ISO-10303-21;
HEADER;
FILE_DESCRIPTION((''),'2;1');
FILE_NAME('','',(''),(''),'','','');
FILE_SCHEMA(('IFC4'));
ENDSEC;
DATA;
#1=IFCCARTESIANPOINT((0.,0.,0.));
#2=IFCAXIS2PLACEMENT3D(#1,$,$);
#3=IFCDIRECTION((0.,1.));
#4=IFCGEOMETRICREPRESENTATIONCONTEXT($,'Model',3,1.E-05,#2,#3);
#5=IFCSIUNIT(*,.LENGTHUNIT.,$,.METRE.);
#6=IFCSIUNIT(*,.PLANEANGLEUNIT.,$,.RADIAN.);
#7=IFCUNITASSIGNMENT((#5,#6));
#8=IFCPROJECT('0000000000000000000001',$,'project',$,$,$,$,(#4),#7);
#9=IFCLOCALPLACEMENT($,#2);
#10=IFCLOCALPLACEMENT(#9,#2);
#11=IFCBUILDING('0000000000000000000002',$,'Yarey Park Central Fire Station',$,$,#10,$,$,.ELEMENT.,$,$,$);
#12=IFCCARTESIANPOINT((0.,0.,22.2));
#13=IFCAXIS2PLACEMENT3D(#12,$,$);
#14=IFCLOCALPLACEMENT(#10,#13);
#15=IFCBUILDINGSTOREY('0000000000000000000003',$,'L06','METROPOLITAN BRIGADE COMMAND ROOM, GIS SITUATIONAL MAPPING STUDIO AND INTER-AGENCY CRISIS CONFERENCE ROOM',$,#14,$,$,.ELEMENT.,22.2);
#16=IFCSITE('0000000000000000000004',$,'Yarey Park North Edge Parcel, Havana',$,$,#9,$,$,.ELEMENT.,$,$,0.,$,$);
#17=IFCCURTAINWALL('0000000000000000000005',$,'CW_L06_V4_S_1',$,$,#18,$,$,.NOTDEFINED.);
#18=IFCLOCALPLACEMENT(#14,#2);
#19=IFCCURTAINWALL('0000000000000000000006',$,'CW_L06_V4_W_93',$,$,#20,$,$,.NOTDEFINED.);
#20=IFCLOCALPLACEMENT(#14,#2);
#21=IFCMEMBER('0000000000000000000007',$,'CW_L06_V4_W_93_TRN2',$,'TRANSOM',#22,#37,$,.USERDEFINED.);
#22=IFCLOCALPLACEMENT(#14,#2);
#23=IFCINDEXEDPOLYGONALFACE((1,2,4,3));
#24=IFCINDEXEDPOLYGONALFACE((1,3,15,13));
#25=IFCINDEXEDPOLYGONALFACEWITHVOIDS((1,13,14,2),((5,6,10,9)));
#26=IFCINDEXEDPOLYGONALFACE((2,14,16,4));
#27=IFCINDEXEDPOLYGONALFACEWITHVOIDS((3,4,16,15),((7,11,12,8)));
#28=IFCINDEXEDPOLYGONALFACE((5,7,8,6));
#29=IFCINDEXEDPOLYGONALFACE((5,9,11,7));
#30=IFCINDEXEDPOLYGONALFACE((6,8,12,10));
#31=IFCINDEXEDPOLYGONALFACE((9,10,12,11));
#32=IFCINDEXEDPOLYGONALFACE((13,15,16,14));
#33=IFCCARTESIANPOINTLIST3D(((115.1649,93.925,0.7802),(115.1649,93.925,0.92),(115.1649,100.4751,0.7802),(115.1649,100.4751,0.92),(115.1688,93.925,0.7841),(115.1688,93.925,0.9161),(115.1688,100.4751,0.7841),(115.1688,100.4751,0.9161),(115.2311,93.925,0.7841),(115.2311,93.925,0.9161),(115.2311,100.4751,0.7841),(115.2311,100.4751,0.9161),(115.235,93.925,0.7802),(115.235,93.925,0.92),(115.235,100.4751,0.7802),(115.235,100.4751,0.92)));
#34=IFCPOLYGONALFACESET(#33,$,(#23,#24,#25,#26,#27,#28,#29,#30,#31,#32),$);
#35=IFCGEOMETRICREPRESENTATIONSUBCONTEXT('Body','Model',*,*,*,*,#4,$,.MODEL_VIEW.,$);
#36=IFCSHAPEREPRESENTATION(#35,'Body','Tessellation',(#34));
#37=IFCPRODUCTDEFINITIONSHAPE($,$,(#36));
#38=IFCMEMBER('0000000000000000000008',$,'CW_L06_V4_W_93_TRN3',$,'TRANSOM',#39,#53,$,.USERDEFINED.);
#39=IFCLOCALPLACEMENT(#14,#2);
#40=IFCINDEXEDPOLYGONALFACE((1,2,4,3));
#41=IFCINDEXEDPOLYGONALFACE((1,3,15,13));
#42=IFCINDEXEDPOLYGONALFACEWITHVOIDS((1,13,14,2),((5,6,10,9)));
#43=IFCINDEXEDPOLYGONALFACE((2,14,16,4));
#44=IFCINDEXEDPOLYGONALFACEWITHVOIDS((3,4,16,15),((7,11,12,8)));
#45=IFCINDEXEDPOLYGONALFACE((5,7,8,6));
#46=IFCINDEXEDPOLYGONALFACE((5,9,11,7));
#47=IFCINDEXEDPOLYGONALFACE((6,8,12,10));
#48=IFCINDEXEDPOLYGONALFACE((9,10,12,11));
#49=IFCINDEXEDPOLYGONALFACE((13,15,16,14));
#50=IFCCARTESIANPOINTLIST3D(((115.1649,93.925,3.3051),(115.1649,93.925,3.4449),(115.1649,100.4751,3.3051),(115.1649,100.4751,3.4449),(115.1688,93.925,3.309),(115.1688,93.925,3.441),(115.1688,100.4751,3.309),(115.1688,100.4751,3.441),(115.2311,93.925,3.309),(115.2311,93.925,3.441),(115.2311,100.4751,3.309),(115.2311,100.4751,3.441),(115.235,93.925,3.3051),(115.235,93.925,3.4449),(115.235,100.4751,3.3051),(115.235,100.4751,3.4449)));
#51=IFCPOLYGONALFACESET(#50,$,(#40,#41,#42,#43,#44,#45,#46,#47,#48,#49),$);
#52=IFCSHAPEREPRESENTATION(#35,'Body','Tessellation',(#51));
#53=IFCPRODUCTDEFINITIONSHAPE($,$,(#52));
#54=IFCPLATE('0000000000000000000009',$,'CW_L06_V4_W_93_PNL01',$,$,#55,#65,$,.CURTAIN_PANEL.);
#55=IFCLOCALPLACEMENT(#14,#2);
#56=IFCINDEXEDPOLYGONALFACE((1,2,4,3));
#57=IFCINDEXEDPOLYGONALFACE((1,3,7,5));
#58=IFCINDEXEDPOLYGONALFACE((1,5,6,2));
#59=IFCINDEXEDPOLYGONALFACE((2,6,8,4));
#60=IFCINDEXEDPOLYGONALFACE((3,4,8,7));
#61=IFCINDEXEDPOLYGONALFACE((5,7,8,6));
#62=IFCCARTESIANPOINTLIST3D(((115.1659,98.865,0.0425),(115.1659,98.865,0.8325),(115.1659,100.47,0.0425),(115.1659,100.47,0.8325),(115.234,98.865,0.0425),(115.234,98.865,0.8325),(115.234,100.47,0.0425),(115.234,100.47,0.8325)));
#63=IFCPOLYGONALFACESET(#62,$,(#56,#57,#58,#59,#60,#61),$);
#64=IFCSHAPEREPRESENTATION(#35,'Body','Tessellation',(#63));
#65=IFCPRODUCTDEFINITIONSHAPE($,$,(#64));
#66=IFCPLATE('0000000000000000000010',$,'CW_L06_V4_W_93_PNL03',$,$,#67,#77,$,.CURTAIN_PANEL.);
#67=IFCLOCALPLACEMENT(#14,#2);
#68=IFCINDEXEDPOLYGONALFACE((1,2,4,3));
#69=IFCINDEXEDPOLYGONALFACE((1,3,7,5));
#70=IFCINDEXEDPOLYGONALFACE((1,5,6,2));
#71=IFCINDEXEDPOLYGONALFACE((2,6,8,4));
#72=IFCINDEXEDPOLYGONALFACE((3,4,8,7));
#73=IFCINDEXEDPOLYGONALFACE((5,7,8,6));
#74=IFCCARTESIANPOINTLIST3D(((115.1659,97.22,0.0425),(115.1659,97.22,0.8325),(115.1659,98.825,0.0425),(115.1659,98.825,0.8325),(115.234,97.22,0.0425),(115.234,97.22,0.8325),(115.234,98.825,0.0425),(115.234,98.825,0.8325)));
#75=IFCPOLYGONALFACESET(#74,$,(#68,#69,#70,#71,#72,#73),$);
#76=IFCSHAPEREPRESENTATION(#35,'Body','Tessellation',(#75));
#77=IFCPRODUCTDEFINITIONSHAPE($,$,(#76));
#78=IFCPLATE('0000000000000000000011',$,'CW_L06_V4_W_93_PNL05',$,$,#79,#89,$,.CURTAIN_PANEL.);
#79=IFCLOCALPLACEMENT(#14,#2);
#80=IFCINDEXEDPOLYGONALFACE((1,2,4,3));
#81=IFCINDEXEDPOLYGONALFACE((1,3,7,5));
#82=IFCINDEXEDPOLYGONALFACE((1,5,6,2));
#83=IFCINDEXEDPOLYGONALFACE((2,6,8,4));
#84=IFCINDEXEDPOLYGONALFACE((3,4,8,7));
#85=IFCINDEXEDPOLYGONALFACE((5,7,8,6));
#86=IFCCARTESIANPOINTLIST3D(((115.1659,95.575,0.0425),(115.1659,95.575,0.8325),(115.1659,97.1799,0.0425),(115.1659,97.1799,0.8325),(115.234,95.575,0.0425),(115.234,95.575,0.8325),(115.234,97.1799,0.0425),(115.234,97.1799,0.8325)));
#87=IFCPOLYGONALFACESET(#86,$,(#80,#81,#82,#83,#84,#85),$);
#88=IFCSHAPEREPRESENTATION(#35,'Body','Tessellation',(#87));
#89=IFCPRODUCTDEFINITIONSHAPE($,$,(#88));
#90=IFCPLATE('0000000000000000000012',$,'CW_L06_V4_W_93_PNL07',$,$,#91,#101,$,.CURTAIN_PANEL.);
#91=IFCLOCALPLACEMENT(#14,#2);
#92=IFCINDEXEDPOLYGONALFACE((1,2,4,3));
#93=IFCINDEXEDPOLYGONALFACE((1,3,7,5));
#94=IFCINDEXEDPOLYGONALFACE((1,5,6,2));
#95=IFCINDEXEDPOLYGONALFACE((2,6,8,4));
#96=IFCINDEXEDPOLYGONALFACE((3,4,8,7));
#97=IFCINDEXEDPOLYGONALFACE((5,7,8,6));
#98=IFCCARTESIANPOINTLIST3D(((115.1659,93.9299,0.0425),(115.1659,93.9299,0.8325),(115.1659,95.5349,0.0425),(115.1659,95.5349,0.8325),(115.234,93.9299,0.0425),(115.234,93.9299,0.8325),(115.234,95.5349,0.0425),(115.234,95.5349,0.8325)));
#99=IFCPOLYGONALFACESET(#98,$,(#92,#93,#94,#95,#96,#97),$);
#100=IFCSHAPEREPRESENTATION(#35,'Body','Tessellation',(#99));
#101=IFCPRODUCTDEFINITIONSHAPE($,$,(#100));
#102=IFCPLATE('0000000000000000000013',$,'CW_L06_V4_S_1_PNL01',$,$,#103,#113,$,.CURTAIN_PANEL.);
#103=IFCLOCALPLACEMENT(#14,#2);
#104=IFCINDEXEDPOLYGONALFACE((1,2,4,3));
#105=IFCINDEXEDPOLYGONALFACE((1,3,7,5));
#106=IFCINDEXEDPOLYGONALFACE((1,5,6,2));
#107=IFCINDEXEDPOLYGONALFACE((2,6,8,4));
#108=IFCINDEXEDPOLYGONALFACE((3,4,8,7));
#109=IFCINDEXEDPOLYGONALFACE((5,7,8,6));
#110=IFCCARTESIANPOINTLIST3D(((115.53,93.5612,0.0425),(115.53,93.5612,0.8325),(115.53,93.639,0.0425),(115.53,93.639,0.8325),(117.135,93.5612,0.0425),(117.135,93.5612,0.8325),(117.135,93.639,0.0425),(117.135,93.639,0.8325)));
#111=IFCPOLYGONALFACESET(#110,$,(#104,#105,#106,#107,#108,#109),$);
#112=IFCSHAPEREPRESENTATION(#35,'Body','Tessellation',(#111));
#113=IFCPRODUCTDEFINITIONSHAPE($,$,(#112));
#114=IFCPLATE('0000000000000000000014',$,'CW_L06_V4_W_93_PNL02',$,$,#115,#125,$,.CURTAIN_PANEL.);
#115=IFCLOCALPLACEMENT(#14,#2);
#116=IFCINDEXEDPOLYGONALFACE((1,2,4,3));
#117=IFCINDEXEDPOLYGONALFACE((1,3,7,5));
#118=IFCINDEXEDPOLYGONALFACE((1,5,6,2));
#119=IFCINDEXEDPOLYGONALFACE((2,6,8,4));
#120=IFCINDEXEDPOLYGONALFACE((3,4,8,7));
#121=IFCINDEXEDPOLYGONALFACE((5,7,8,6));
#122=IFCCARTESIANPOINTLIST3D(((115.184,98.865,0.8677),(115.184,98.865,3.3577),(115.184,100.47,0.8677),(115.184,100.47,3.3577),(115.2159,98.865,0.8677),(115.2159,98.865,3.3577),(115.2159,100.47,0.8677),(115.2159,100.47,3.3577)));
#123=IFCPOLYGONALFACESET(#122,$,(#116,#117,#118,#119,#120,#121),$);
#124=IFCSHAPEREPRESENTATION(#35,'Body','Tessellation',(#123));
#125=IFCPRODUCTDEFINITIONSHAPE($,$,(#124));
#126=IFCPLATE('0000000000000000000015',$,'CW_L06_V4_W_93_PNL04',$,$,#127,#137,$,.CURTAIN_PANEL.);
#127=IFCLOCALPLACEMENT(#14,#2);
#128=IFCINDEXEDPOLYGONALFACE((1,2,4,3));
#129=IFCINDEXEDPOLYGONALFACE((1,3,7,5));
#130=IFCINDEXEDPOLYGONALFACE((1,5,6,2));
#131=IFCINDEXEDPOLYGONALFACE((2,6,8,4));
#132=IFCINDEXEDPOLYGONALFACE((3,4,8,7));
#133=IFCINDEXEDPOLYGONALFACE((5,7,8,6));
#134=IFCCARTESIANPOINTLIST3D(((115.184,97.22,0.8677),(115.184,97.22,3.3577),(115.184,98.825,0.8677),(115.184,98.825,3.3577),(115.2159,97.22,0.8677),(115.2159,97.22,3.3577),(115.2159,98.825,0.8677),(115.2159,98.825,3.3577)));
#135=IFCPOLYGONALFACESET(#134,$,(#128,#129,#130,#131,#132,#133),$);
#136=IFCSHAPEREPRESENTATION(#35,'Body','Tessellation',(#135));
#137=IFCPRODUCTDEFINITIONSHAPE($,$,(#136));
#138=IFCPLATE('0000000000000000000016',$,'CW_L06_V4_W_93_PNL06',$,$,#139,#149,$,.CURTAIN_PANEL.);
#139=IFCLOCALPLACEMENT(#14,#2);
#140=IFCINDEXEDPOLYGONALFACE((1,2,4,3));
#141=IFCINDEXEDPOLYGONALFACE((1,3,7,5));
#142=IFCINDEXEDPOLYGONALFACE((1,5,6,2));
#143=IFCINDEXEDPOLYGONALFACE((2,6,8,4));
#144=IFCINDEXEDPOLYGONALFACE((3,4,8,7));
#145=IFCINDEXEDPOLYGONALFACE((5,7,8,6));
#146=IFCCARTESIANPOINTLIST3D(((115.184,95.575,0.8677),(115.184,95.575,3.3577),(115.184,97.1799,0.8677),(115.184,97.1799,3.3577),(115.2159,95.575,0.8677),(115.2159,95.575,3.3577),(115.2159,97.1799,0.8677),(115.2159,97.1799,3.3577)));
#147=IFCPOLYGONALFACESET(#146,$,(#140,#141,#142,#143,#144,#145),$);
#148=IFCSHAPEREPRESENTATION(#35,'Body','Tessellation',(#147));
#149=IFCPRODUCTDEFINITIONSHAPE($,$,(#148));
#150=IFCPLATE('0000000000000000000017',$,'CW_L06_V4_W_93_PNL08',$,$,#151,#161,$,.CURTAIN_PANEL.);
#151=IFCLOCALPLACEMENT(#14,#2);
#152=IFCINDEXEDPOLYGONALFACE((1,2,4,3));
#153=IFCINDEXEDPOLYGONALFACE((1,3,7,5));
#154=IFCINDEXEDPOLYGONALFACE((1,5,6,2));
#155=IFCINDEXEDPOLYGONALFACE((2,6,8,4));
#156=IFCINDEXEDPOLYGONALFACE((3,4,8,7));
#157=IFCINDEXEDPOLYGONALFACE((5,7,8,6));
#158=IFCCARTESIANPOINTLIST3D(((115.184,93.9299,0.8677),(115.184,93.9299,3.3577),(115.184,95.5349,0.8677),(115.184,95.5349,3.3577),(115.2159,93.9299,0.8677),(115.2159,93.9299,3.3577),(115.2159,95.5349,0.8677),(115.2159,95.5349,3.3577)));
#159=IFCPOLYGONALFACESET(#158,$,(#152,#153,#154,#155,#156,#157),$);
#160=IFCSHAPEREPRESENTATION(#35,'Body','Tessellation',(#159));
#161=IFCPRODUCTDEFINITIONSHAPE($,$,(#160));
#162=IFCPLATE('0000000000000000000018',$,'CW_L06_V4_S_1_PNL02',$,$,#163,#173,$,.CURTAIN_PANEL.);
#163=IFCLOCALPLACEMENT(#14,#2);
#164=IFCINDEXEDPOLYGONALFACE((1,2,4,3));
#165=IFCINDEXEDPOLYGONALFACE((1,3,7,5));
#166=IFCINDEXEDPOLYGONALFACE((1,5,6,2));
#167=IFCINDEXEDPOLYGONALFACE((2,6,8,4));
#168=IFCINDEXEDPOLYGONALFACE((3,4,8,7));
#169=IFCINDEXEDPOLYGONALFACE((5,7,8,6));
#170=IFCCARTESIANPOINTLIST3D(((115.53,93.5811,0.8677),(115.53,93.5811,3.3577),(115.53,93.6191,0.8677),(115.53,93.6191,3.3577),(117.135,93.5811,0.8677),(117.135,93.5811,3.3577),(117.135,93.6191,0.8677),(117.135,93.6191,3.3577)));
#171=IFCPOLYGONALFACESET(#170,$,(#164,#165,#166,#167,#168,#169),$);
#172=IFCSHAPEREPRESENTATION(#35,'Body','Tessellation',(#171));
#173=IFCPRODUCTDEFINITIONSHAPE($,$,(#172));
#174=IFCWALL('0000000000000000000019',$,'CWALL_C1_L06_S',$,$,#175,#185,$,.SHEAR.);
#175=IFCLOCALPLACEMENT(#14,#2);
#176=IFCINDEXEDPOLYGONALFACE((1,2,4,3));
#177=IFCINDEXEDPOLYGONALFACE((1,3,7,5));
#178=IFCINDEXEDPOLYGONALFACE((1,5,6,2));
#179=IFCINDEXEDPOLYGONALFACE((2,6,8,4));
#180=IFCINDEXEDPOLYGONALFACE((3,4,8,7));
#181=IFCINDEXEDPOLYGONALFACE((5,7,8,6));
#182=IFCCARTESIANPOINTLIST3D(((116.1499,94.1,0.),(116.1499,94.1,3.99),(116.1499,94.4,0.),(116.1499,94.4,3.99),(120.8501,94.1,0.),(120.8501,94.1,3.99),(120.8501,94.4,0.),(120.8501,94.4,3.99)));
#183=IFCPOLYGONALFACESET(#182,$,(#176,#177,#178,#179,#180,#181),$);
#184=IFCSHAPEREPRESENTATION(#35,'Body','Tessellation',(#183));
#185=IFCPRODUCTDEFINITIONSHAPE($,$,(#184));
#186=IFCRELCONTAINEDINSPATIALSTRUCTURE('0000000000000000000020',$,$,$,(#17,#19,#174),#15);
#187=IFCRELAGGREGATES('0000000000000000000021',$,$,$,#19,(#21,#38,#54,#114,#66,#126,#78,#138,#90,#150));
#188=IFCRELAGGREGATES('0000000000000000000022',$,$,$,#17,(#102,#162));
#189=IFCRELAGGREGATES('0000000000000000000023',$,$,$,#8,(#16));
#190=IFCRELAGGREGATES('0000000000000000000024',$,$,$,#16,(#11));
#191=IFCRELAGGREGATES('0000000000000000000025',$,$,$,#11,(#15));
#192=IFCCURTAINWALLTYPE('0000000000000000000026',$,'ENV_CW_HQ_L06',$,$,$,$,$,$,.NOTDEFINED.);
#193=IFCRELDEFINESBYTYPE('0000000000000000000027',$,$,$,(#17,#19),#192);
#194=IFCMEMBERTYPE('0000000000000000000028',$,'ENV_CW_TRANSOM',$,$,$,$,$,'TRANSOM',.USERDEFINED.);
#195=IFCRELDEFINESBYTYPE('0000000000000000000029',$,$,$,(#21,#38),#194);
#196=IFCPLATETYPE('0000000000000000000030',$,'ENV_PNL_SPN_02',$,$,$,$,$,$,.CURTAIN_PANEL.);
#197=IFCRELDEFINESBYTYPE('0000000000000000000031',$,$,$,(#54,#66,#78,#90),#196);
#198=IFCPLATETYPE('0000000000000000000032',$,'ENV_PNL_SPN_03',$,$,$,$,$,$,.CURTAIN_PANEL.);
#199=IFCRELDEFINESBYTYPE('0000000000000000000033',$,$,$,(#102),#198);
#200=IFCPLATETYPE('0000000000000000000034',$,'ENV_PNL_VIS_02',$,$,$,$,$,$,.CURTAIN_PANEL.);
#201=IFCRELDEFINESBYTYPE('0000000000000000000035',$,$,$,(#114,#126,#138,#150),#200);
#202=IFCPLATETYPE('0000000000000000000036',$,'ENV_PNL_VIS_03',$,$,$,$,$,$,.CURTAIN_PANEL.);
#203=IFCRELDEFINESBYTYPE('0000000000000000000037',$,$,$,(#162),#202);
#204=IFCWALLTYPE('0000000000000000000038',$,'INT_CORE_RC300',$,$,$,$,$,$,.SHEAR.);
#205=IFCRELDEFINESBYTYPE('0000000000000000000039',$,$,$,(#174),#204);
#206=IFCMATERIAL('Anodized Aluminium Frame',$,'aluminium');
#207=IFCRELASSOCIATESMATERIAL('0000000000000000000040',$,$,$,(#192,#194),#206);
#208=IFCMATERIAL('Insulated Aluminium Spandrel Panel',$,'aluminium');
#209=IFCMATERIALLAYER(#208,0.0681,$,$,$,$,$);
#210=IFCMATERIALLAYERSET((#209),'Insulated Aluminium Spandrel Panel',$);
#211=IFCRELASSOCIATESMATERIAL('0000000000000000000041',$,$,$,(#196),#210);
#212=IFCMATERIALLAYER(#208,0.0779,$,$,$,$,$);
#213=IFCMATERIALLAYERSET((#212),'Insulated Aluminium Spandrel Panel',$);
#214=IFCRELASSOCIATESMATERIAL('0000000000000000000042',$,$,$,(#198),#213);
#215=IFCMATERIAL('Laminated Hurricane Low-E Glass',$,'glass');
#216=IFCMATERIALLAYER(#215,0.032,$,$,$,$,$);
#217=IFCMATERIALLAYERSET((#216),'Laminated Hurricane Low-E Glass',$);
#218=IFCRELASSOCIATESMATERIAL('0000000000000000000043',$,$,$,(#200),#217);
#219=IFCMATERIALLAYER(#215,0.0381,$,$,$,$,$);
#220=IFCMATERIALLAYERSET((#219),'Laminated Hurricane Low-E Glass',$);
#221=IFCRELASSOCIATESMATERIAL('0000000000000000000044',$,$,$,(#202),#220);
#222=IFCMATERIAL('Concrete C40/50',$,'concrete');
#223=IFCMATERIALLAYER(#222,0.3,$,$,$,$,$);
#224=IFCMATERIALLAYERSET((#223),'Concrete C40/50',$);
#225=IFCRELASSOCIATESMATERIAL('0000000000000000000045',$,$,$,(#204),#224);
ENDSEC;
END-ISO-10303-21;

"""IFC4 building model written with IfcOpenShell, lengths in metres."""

from ifc_helpers import new_model, si_unit, direction, frame, frame_2d, origin, origin_2d, place, context, subcontext, project, spatial, rectangle, hollow_rectangle, extrude, material, layer, layer_set, material_profile, profile_set, type_object, element, aggregate, save


model = new_model("IFC4")

# Units and contexts
model_context = context("Model", 3, precision=1e-05, world=origin(), true_north=direction((0.0, 1.0)))
body_context = subcontext(model_context, "Body", "Model", "MODEL_VIEW")
ifc_project = project(units=[si_unit("LENGTHUNIT", "METRE"), si_unit("PLANEANGLEUNIT", "RADIAN")], contexts=[model_context])

# Site, building, storey
site_placement = place(None, origin())
site = spatial("IfcSite", under=ifc_project, at=site_placement, Name="Yarey Park North Edge Parcel, Havana", CompositionType="ELEMENT", RefElevation=0.0)
building_placement = place(site_placement, origin())
building = spatial("IfcBuilding", under=site, at=building_placement, Name="Yarey Park Central Fire Station", CompositionType="ELEMENT")
storey_placement = place(building_placement, frame((0.0, 0.0, 22.2)))
storey = spatial("IfcBuildingStorey", under=building, at=storey_placement, Name="L06", Description="METROPOLITAN BRIGADE COMMAND ROOM, GIS SITUATIONAL MAPPING STUDIO AND INTER-AGENCY CRISIS CONFERENCE ROOM", CompositionType="ELEMENT", Elevation=22.2)

# Curtain walls
ifc_material_1 = material(Name="Anodized Aluminium Frame", Category="aluminium")
curtain_wall_type = type_object("IfcCurtainWallType", Name="ENV_CW_HQ_L06", PredefinedType="NOTDEFINED", material=ifc_material_1)
curtain_wall_1_placement = place(storey_placement, origin())
curtain_wall_1 = element("IfcCurtainWall", 1, at=curtain_wall_1_placement, inside=storey, type_object=curtain_wall_type, Name="CW_L06_V4_S_1", PredefinedType="NOTDEFINED")
curtain_wall_2_placement = place(storey_placement, origin())
curtain_wall_2 = element("IfcCurtainWall", 2, at=curtain_wall_2_placement, inside=storey, type_object=curtain_wall_type, Name="CW_L06_V4_W_93", PredefinedType="NOTDEFINED")

# Members
ifc_material_profile_1 = material_profile(ifc_material_1, hollow_rectangle(XDim=0.0701, YDim=0.1399, WallThickness=0.0039, at=origin_2d()), Name="ALU 140x70x4")
ifc_profile_set_1 = profile_set([ifc_material_profile_1], Name="Anodized Aluminium Frame")
member_type_1 = type_object("IfcMemberType", Name="ENV_CW_TRANSOM", ElementType="TRANSOM", PredefinedType="USERDEFINED", material=ifc_profile_set_1)
member_1_placement = place(storey_placement, frame((115.2, 100.4751, 0.8501), z_axis=(0.0, -1.0, 0.0), x_axis=(1.0, 0.0, 0.0)))
member_1 = element("IfcMember", 3, at=member_1_placement, type_object=member_type_1, Name="CW_L06_V4_W_93_TRN2", ObjectType="TRANSOM", PredefinedType="USERDEFINED", context=body_context, shape_type="SweptSolid", body=[
    extrude(hollow_rectangle(XDim=0.0701, YDim=0.1399, WallThickness=0.0039, at=origin_2d()), origin(), (0.0, 0.0, 1.0), 6.55),
])
member_2_placement = place(storey_placement, frame((115.2, 100.4751, 3.375), z_axis=(0.0, -1.0, 0.0), x_axis=(1.0, 0.0, 0.0)))
member_2 = element("IfcMember", 4, at=member_2_placement, type_object=member_type_1, Name="CW_L06_V4_W_93_TRN3", ObjectType="TRANSOM", PredefinedType="USERDEFINED", context=body_context, shape_type="SweptSolid", body=[
    extrude(hollow_rectangle(XDim=0.0701, YDim=0.1399, WallThickness=0.0039, at=origin_2d()), origin(), (0.0, 0.0, 1.0), 6.55),
])

# Plates
ifc_material_2 = material(Name="Insulated Aluminium Spandrel Panel", Category="aluminium")
ifc_layer_1 = layer(ifc_material_2, 0.0681)
ifc_layer_set_1 = layer_set([ifc_layer_1], Name="Insulated Aluminium Spandrel Panel")
plate_type_1 = type_object("IfcPlateType", Name="ENV_PNL_SPN_02", PredefinedType="CURTAIN_PANEL", material=ifc_layer_set_1)
plate_1_placement = place(storey_placement, frame((115.2, 99.6675, 0.0425), z_axis=(0.0, 0.0, 1.0), x_axis=(0.0, -1.0, 0.0)))
plate_1 = element("IfcPlate", 5, at=plate_1_placement, type_object=plate_type_1, Name="CW_L06_V4_W_93_PNL01", PredefinedType="CURTAIN_PANEL", context=body_context, shape_type="SweptSolid", body=[
    extrude(rectangle(XDim=1.605, YDim=0.0681, at=origin_2d()), origin(), (0.0, 0.0, 1.0), 0.79),
])
plate_2_placement = place(storey_placement, frame((115.2, 98.0225, 0.0425), z_axis=(0.0, 0.0, 1.0), x_axis=(0.0, -1.0, 0.0)))
plate_2 = element("IfcPlate", 6, at=plate_2_placement, type_object=plate_type_1, Name="CW_L06_V4_W_93_PNL03", PredefinedType="CURTAIN_PANEL", context=body_context, shape_type="SweptSolid", body=[
    extrude(rectangle(XDim=1.605, YDim=0.0681, at=origin_2d()), origin(), (0.0, 0.0, 1.0), 0.79),
])
plate_3_placement = place(storey_placement, frame((115.2, 96.3774, 0.0425), z_axis=(0.0, 0.0, 1.0), x_axis=(0.0, -1.0, 0.0)))
plate_3 = element("IfcPlate", 7, at=plate_3_placement, type_object=plate_type_1, Name="CW_L06_V4_W_93_PNL05", PredefinedType="CURTAIN_PANEL", context=body_context, shape_type="SweptSolid", body=[
    extrude(rectangle(XDim=1.605, YDim=0.0681, at=origin_2d()), origin(), (0.0, 0.0, 1.0), 0.79),
])
plate_4_placement = place(storey_placement, frame((115.2, 94.7324, 0.0425), z_axis=(0.0, 0.0, 1.0), x_axis=(0.0, -1.0, 0.0)))
plate_4 = element("IfcPlate", 8, at=plate_4_placement, type_object=plate_type_1, Name="CW_L06_V4_W_93_PNL07", PredefinedType="CURTAIN_PANEL", context=body_context, shape_type="SweptSolid", body=[
    extrude(rectangle(XDim=1.605, YDim=0.0681, at=origin_2d()), origin(), (0.0, 0.0, 1.0), 0.79),
])
ifc_layer_2 = layer(ifc_material_2, 0.0779)
ifc_layer_set_2 = layer_set([ifc_layer_2], Name="Insulated Aluminium Spandrel Panel")
plate_type_2 = type_object("IfcPlateType", Name="ENV_PNL_SPN_03", PredefinedType="CURTAIN_PANEL", material=ifc_layer_set_2)
plate_5_placement = place(storey_placement, frame((116.3325, 93.6001, 0.0425), z_axis=(0.0, 0.0, 1.0), x_axis=(1.0, 0.0, 0.0)))
plate_5 = element("IfcPlate", 9, at=plate_5_placement, type_object=plate_type_2, Name="CW_L06_V4_S_1_PNL01", PredefinedType="CURTAIN_PANEL", context=body_context, shape_type="SweptSolid", body=[
    extrude(rectangle(XDim=1.605, YDim=0.0779, at=origin_2d()), origin(), (0.0, 0.0, 1.0), 0.79),
])
ifc_material_3 = material(Name="Laminated Hurricane Low-E Glass", Category="glass")
ifc_layer_3 = layer(ifc_material_3, 0.032)
ifc_layer_set_3 = layer_set([ifc_layer_3], Name="Laminated Hurricane Low-E Glass")
plate_type_3 = type_object("IfcPlateType", Name="ENV_PNL_VIS_02", PredefinedType="CURTAIN_PANEL", material=ifc_layer_set_3)
plate_6_placement = place(storey_placement, frame((115.2, 99.6675, 0.8677), z_axis=(0.0, 0.0, 1.0), x_axis=(0.0, -1.0, 0.0)))
plate_6 = element("IfcPlate", 10, at=plate_6_placement, type_object=plate_type_3, Name="CW_L06_V4_W_93_PNL02", PredefinedType="CURTAIN_PANEL", context=body_context, shape_type="SweptSolid", body=[
    extrude(rectangle(XDim=1.605, YDim=0.032, at=origin_2d()), origin(), (0.0, 0.0, 1.0), 2.49),
])
plate_7_placement = place(storey_placement, frame((115.2, 98.0225, 0.8677), z_axis=(0.0, 0.0, 1.0), x_axis=(0.0, -1.0, 0.0)))
plate_7 = element("IfcPlate", 11, at=plate_7_placement, type_object=plate_type_3, Name="CW_L06_V4_W_93_PNL04", PredefinedType="CURTAIN_PANEL", context=body_context, shape_type="SweptSolid", body=[
    extrude(rectangle(XDim=1.605, YDim=0.032, at=origin_2d()), origin(), (0.0, 0.0, 1.0), 2.49),
])
plate_8_placement = place(storey_placement, frame((115.2, 96.3774, 0.8677), z_axis=(0.0, 0.0, 1.0), x_axis=(0.0, -1.0, 0.0)))
plate_8 = element("IfcPlate", 12, at=plate_8_placement, type_object=plate_type_3, Name="CW_L06_V4_W_93_PNL06", PredefinedType="CURTAIN_PANEL", context=body_context, shape_type="SweptSolid", body=[
    extrude(rectangle(XDim=1.605, YDim=0.032, at=origin_2d()), origin(), (0.0, 0.0, 1.0), 2.49),
])
plate_9_placement = place(storey_placement, frame((115.2, 94.7324, 0.8677), z_axis=(0.0, 0.0, 1.0), x_axis=(0.0, -1.0, 0.0)))
plate_9 = element("IfcPlate", 13, at=plate_9_placement, type_object=plate_type_3, Name="CW_L06_V4_W_93_PNL08", PredefinedType="CURTAIN_PANEL", context=body_context, shape_type="SweptSolid", body=[
    extrude(rectangle(XDim=1.605, YDim=0.032, at=origin_2d()), origin(), (0.0, 0.0, 1.0), 2.49),
])
aggregate(curtain_wall_2, [member_1, member_2, plate_1, plate_6, plate_2, plate_7, plate_3, plate_8, plate_4, plate_9])
ifc_layer_4 = layer(ifc_material_3, 0.0381)
ifc_layer_set_4 = layer_set([ifc_layer_4], Name="Laminated Hurricane Low-E Glass")
plate_type_4 = type_object("IfcPlateType", Name="ENV_PNL_VIS_03", PredefinedType="CURTAIN_PANEL", material=ifc_layer_set_4)
plate_10_placement = place(storey_placement, frame((116.3325, 93.6001, 0.8677), z_axis=(0.0, 0.0, 1.0), x_axis=(1.0, 0.0, 0.0)))
plate_10 = element("IfcPlate", 14, at=plate_10_placement, type_object=plate_type_4, Name="CW_L06_V4_S_1_PNL02", PredefinedType="CURTAIN_PANEL", context=body_context, shape_type="SweptSolid", body=[
    extrude(rectangle(XDim=1.605, YDim=0.0381, at=origin_2d()), origin(), (0.0, 0.0, 1.0), 2.49),
])
aggregate(curtain_wall_1, [plate_5, plate_10])

# Wall
ifc_material_4 = material(Name="Concrete C40/50", Category="concrete")
ifc_layer_5 = layer(ifc_material_4, 0.3)
ifc_layer_set_5 = layer_set([ifc_layer_5], Name="Concrete C40/50")
wall_type = type_object("IfcWallType", Name="INT_CORE_RC300", PredefinedType="SHEAR", material=ifc_layer_set_5)
wall_1_placement = place(storey_placement, frame((116.1499, 94.25, 0.0), z_axis=(0.0, 0.0, 1.0), x_axis=(1.0, 0.0, 0.0)))
element("IfcWall", 15, at=wall_1_placement, inside=storey, type_object=wall_type, Name="CWALL_C1_L06_S", PredefinedType="SHEAR", context=body_context, shape_type="SweptSolid", body=[
    extrude(rectangle(XDim=4.7002, YDim=0.3, at=frame_2d((2.3501, 0.0))), origin(), (0.0, 0.0, 1.0), 3.99),
])

save(model, "model.ifc")
